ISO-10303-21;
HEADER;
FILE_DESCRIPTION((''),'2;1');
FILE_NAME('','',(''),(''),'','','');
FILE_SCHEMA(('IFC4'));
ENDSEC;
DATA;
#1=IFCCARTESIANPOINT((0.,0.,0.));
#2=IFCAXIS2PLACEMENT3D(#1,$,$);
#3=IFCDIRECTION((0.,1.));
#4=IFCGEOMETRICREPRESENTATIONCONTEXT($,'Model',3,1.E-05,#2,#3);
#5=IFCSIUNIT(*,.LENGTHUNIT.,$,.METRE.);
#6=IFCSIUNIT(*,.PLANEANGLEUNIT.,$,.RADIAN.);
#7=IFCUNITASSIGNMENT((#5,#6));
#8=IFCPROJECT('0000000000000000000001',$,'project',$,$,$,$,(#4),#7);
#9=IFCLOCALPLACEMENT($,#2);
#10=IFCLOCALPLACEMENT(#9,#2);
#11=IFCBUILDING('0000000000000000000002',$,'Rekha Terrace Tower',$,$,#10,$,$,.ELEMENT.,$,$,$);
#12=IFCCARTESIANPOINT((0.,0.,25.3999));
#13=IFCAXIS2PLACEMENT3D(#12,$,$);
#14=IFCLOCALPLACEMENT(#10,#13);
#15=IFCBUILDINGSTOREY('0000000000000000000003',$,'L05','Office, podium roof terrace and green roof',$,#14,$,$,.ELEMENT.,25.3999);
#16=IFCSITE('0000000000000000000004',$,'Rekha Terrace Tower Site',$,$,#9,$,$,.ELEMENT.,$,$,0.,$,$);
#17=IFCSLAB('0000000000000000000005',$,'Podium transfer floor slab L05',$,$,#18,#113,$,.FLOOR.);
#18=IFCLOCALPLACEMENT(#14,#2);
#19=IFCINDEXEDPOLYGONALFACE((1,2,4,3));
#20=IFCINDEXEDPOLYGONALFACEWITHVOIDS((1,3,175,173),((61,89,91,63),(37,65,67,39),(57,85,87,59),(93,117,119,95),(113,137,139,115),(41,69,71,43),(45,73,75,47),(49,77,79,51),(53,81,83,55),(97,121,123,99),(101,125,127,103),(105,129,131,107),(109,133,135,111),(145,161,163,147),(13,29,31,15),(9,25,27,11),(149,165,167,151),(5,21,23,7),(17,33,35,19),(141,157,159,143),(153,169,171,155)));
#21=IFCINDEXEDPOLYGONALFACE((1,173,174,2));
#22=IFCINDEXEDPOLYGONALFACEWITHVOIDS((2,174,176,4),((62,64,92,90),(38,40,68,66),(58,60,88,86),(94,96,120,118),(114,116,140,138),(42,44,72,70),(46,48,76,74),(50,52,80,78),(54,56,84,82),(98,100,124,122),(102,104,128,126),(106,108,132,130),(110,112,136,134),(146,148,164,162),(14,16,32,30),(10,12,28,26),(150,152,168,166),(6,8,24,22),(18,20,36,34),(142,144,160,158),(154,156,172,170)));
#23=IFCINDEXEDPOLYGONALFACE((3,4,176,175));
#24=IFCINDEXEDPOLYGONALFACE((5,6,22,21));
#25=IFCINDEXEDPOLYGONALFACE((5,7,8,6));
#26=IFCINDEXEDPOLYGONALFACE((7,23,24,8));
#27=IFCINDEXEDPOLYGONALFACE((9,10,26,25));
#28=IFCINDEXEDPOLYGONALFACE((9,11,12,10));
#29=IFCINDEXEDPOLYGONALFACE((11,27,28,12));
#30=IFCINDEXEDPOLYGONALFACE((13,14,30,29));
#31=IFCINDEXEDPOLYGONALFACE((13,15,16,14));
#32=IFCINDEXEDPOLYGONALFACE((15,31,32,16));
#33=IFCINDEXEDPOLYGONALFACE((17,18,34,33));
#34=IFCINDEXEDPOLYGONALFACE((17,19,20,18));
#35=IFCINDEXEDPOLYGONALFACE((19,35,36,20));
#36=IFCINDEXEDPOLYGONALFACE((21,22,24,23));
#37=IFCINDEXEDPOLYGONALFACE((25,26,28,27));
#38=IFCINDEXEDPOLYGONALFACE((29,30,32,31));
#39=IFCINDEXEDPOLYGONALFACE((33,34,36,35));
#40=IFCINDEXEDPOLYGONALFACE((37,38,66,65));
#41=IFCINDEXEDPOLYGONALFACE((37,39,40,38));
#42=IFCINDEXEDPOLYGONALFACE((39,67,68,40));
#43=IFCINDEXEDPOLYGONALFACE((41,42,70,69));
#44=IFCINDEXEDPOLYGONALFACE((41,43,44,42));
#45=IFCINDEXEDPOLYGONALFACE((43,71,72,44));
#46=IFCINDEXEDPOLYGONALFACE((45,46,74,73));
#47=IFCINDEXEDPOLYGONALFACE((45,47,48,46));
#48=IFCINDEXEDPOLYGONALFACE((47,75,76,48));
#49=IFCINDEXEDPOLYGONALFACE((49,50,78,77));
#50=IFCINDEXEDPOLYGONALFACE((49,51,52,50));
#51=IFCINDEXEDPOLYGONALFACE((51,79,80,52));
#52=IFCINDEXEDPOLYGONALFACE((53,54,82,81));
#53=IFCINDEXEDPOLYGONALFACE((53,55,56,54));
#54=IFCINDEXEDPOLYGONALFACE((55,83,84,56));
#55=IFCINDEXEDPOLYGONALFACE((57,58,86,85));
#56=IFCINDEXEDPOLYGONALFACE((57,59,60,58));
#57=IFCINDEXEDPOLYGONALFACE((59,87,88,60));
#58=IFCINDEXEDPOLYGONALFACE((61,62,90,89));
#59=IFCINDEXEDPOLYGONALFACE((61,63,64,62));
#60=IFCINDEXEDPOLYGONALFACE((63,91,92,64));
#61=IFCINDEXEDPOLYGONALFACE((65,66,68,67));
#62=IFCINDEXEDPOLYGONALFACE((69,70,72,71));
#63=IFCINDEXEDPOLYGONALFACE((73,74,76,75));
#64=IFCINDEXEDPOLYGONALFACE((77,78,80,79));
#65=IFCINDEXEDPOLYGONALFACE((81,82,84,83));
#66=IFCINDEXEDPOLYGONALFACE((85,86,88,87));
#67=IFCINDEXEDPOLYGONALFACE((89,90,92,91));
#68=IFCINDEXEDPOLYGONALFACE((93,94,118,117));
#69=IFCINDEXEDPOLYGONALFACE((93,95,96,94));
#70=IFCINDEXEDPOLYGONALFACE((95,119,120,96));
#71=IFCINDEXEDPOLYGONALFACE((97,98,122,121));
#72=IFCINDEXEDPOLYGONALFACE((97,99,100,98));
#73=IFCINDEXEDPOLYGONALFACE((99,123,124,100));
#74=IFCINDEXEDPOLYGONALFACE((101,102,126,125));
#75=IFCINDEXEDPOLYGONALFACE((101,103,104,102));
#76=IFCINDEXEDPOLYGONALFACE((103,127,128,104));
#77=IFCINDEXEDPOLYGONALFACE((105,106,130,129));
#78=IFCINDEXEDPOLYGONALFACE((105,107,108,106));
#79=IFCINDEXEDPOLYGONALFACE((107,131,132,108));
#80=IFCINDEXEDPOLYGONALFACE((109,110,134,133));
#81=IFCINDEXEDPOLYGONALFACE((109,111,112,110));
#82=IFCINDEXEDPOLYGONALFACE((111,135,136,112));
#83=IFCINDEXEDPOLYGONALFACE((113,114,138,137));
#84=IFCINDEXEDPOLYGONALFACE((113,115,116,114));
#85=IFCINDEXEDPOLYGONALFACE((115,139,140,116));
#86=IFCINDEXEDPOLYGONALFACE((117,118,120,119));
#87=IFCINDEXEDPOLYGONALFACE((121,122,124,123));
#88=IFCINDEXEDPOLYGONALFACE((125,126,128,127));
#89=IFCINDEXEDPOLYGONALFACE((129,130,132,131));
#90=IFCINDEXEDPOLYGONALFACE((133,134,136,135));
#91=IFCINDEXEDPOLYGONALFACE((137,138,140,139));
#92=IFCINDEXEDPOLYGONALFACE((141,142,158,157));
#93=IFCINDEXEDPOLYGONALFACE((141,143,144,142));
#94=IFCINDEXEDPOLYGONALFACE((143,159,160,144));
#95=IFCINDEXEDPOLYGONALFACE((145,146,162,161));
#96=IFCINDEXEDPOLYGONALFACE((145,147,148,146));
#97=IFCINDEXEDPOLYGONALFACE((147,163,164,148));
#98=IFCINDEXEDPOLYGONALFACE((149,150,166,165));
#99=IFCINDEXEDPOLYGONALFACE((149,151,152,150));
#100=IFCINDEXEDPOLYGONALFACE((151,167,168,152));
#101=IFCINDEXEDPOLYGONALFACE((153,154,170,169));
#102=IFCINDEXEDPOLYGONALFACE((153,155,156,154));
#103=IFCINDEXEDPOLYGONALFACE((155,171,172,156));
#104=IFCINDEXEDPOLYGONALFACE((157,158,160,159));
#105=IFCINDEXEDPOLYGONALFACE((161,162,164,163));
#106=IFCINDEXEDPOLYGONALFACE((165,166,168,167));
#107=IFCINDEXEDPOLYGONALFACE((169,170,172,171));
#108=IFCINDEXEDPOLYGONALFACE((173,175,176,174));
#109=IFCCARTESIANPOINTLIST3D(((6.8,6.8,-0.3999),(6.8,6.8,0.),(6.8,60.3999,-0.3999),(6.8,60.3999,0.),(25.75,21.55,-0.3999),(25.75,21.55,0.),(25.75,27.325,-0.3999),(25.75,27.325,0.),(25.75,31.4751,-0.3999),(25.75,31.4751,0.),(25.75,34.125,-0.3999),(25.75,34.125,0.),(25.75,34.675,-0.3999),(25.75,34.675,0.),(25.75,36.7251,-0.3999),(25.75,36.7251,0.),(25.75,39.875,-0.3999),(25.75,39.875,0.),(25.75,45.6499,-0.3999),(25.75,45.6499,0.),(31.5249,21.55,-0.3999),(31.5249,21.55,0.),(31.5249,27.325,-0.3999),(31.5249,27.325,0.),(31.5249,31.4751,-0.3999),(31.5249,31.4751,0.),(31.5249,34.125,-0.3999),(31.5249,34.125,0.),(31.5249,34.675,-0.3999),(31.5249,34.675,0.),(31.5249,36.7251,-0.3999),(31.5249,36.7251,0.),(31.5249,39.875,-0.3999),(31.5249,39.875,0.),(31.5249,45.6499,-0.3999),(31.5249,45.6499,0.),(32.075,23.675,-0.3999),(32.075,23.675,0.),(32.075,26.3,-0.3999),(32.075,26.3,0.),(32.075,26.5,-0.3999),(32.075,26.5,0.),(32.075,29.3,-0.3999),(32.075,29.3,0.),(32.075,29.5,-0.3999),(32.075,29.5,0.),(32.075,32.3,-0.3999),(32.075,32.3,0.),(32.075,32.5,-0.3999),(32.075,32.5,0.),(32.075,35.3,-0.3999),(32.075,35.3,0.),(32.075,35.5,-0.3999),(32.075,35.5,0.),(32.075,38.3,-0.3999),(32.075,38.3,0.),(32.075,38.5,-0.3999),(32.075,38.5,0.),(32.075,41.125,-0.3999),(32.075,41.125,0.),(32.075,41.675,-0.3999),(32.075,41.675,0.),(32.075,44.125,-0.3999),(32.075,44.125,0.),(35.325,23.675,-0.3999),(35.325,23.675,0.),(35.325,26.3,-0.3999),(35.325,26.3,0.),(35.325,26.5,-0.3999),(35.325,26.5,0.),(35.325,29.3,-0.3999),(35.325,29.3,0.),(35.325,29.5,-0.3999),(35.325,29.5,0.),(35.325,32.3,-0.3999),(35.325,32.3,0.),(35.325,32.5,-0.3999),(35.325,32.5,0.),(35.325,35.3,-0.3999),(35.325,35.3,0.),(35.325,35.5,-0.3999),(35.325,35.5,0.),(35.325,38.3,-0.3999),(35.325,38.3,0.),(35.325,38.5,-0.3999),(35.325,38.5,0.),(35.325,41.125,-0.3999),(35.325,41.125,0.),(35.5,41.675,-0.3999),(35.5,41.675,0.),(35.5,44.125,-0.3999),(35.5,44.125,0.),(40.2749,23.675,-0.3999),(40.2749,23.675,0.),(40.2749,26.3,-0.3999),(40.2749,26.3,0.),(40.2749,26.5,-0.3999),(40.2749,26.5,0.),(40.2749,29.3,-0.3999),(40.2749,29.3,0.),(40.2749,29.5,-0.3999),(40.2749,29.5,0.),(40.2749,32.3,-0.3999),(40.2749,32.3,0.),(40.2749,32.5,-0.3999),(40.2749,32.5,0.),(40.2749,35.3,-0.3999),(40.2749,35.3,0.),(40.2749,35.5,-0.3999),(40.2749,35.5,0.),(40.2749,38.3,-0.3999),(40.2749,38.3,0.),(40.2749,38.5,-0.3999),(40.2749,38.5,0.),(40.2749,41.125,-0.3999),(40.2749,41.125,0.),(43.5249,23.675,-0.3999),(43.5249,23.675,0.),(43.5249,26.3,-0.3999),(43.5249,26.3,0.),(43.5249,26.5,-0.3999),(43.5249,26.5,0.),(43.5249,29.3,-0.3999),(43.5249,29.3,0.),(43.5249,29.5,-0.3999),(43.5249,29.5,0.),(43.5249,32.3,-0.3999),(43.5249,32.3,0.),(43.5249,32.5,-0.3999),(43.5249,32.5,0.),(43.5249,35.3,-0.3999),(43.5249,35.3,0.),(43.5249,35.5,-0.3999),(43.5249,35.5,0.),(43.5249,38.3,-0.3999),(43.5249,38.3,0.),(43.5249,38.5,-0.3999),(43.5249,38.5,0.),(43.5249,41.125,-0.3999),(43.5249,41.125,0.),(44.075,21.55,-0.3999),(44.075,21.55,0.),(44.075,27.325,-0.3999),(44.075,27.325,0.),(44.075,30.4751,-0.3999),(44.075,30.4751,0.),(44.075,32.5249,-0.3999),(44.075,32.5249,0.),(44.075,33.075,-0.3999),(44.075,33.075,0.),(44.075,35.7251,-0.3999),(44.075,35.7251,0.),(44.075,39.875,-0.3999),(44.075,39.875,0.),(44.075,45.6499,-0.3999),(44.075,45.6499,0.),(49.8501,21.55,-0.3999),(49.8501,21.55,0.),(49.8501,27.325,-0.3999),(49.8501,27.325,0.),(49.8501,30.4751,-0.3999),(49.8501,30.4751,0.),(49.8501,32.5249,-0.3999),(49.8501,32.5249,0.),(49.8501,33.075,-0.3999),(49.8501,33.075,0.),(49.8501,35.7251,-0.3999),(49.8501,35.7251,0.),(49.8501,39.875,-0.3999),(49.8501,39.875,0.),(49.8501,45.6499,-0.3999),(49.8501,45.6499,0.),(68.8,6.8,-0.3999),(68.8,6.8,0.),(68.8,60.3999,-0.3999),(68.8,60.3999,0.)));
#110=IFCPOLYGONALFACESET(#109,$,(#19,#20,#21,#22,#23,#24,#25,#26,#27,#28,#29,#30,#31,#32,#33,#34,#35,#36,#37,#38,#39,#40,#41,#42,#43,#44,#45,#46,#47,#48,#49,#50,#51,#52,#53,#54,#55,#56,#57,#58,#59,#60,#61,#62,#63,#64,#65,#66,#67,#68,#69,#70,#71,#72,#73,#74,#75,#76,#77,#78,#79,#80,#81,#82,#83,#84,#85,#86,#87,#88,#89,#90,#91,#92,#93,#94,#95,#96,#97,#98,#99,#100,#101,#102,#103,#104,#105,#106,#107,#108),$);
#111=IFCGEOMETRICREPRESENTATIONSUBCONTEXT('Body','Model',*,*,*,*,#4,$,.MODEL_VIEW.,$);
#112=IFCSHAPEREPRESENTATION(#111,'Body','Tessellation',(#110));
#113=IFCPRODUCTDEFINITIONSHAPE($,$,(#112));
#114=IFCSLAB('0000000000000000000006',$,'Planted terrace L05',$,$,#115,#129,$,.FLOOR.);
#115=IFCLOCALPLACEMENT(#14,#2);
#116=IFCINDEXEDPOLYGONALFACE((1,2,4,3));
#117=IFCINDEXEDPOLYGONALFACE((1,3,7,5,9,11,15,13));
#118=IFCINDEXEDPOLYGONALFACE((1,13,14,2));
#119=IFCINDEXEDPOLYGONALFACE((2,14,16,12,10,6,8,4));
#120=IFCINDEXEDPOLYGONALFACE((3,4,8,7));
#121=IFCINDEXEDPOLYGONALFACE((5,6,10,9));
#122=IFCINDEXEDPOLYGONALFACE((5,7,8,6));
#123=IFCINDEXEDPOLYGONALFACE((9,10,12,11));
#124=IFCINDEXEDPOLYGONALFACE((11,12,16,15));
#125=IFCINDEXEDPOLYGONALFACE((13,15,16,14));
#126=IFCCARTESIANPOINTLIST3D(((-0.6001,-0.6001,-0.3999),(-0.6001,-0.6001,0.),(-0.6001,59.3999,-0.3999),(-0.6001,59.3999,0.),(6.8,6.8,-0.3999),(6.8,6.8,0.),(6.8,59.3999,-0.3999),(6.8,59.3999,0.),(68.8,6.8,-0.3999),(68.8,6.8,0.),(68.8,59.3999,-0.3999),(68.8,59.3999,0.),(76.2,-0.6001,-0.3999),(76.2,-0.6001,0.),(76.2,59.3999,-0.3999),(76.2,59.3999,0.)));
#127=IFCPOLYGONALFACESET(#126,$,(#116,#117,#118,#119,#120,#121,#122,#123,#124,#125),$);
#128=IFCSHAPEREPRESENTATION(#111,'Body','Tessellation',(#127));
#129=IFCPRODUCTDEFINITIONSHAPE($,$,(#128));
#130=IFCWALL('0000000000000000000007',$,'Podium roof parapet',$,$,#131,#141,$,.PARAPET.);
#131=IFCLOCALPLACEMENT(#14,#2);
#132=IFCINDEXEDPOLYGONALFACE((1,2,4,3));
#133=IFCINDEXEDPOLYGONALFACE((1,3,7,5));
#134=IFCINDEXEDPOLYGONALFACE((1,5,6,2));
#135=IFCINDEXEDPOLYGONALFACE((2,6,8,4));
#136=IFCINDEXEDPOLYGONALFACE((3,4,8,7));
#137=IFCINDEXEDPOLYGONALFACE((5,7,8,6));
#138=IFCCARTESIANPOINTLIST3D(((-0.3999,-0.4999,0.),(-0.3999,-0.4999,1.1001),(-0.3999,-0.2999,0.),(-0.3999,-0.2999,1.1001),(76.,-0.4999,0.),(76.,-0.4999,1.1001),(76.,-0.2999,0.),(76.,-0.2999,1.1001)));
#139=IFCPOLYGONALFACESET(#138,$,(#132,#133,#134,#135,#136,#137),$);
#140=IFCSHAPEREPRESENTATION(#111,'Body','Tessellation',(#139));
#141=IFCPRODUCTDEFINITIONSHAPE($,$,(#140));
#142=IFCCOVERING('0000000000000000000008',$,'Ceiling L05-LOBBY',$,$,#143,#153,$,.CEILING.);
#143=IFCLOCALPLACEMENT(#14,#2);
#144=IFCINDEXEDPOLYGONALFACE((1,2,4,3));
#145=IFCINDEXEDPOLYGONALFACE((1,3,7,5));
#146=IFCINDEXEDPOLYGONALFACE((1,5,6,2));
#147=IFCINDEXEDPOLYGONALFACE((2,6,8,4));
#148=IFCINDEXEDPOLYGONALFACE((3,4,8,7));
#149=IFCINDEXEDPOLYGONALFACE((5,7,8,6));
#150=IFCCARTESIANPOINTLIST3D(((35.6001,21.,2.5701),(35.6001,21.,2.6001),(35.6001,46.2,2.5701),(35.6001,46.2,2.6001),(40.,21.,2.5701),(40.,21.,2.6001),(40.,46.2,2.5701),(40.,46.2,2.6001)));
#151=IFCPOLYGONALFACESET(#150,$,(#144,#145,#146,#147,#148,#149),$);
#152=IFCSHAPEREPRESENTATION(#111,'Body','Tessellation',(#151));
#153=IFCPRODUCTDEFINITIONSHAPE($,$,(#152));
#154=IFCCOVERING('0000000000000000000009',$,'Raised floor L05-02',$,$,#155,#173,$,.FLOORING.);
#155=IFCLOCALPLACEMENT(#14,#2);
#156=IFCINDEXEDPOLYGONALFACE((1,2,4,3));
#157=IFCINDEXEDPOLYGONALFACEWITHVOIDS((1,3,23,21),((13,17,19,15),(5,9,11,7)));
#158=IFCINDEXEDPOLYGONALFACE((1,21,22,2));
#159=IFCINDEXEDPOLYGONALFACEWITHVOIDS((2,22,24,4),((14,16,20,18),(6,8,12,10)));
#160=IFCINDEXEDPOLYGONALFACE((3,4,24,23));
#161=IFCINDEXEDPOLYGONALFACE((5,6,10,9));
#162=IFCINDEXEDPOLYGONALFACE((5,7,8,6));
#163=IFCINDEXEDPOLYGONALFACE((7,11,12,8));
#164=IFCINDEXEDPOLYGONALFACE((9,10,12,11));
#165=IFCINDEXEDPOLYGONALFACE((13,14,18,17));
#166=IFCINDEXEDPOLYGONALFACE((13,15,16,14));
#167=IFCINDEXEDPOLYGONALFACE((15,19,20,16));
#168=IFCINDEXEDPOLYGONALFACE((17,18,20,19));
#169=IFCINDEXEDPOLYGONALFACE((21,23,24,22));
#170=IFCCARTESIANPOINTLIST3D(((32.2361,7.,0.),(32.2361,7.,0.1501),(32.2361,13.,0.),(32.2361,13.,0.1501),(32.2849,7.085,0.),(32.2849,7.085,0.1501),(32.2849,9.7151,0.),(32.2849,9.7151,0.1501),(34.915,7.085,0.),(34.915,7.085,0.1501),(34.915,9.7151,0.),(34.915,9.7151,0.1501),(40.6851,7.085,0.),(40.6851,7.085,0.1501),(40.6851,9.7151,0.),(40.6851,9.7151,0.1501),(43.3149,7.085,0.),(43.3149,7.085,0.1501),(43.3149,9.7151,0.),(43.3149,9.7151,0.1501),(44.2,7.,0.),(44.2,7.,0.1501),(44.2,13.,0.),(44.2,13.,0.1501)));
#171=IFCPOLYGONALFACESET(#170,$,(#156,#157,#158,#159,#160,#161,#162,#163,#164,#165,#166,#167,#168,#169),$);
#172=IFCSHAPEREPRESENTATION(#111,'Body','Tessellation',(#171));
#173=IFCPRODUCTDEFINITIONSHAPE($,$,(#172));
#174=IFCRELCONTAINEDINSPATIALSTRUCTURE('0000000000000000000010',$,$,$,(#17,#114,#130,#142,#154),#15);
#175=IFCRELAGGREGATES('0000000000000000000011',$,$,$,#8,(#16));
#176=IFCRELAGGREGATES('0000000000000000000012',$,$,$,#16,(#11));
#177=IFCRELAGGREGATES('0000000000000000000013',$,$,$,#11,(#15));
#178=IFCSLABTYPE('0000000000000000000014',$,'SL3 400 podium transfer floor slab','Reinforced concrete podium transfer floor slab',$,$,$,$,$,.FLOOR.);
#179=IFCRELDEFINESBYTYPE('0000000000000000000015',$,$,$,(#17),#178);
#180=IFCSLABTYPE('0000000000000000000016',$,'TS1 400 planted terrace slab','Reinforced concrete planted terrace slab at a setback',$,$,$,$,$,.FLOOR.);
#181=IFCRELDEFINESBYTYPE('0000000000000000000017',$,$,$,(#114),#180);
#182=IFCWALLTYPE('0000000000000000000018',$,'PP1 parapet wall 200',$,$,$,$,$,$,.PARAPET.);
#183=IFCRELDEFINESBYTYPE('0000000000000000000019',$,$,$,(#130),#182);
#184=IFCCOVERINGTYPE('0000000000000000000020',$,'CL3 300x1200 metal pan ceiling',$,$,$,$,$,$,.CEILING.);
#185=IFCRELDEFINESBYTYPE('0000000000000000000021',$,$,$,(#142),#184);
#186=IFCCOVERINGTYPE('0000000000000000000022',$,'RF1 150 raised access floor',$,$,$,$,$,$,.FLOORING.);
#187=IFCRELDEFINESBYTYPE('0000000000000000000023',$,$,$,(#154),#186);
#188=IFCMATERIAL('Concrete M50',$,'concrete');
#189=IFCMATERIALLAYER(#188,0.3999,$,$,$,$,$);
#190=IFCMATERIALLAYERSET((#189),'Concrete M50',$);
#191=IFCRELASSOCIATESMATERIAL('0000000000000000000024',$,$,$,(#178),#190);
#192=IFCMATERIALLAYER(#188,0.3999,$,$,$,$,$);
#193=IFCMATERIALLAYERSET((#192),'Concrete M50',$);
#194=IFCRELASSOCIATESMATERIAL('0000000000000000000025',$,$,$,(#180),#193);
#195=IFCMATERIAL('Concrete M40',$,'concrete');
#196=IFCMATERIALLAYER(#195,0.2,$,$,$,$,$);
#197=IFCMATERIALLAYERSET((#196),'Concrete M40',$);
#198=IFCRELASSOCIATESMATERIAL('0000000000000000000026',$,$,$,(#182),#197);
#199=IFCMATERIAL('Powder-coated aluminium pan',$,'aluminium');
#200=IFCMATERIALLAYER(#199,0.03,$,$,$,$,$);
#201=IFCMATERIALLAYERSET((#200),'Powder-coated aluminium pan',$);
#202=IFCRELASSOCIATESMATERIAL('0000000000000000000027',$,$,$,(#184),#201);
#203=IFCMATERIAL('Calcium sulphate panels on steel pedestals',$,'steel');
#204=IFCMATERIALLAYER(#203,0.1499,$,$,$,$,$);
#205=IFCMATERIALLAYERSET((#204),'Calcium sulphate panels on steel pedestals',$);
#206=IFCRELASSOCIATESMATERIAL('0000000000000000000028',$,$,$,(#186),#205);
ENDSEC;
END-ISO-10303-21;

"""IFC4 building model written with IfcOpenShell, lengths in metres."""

from ifc_helpers import new_model, si_unit, direction, frame, frame_2d, origin, place, context, subcontext, project, spatial, polyline, rectangle, outline, extrude, material, layer, layer_set, type_object, element, save


model = new_model("IFC4")

# Units and contexts
model_context = context("Model", 3, precision=1e-05, world=origin(), true_north=direction((0.0, 1.0)))
body_context = subcontext(model_context, "Body", "Model", "MODEL_VIEW")
ifc_project = project(units=[si_unit("LENGTHUNIT", "METRE"), si_unit("PLANEANGLEUNIT", "RADIAN")], contexts=[model_context])

# Site, building, storey
site_placement = place(None, origin())
site = spatial("IfcSite", under=ifc_project, at=site_placement, Name="Rekha Terrace Tower Site", CompositionType="ELEMENT", RefElevation=0.0)
building_placement = place(site_placement, origin())
building = spatial("IfcBuilding", under=site, at=building_placement, Name="Rekha Terrace Tower", CompositionType="ELEMENT")
storey_placement = place(building_placement, frame((0.0, 0.0, 25.3999)))
storey = spatial("IfcBuildingStorey", under=building, at=storey_placement, Name="L05", Description="Office, podium roof terrace and green roof", CompositionType="ELEMENT", Elevation=25.3999)

# Shared definitions
ifc_material_1 = material(Name="Concrete M40", Category="concrete")

# Slabs
ifc_material_2 = material(Name="Concrete M50", Category="concrete")
ifc_layer_1 = layer(ifc_material_2, 0.3999)
ifc_layer_set_1 = layer_set([ifc_layer_1], Name="Concrete M50")
slab_type_1 = type_object("IfcSlabType", Name="SL3 400 podium transfer floor slab", Description="Reinforced concrete podium transfer floor slab", PredefinedType="FLOOR", material=ifc_layer_set_1)
slab_1_placement = place(storey_placement, frame((0.0, 0.0, -0.3999)))
element("IfcSlab", 1, at=slab_1_placement, inside=storey, type_object=slab_type_1, Name="Podium transfer floor slab L05", PredefinedType="FLOOR", context=body_context, shape_type="SweptSolid", body=[
    extrude(outline(polyline([(6.8, 60.3999), (6.8, 6.8), (68.8, 6.8), (68.8, 60.3999), (6.8, 60.3999)]), holes=[polyline([(31.5249, 27.325), (31.5249, 21.55), (25.75, 21.55), (25.75, 27.325), (31.5249, 27.325)]), polyline([(35.325, 26.3), (35.325, 23.675), (32.075, 23.675), (32.075, 26.3), (35.325, 26.3)]), polyline([(35.325, 29.3), (35.325, 26.5), (32.075, 26.5), (32.075, 29.3), (35.325, 29.3)]), polyline([(35.325, 29.5), (32.075, 29.5), (32.075, 32.3), (35.325, 32.3), (35.325, 29.5)]), polyline([(31.5249, 31.4751), (25.75, 31.4751), (25.75, 34.125), (31.5249, 34.125), (31.5249, 31.4751)]), polyline([(35.325, 35.3), (35.325, 32.5), (32.075, 32.5), (32.075, 35.3), (35.325, 35.3)]), polyline([(31.5249, 36.7251), (31.5249, 34.675), (25.75, 34.675), (25.75, 36.7251), (31.5249, 36.7251)]), polyline([(35.325, 38.3), (35.325, 35.5), (32.075, 35.5), (32.075, 38.3), (35.325, 38.3)]), polyline([(35.325, 38.5), (32.075, 38.5), (32.075, 41.125), (35.325, 41.125), (35.325, 38.5)]), polyline([(31.5249, 39.875), (25.75, 39.875), (25.75, 45.6499), (31.5249, 45.6499), (31.5249, 39.875)]), polyline([(35.5, 44.125), (35.5, 41.675), (32.075, 41.675), (32.075, 44.125), (35.5, 44.125)]), polyline([(49.8501, 27.325), (49.8501, 21.55), (44.075, 21.55), (44.075, 27.325), (49.8501, 27.325)]), polyline([(43.5249, 26.3), (43.5249, 23.675), (40.2749, 23.675), (40.2749, 26.3), (43.5249, 26.3)]), polyline([(43.5249, 26.5), (40.2749, 26.5), (40.2749, 29.3), (43.5249, 29.3), (43.5249, 26.5)]), polyline([(43.5249, 29.5), (40.2749, 29.5), (40.2749, 32.3), (43.5249, 32.3), (43.5249, 29.5)]), polyline([(49.8501, 32.5249), (49.8501, 30.4751), (44.075, 30.4751), (44.075, 32.5249), (49.8501, 32.5249)]), polyline([(43.5249, 32.5), (40.2749, 32.5), (40.2749, 35.3), (43.5249, 35.3), (43.5249, 32.5)]), polyline([(49.8501, 33.075), (44.075, 33.075), (44.075, 35.7251), (49.8501, 35.7251), (49.8501, 33.075)]), polyline([(43.5249, 38.3), (43.5249, 35.5), (40.2749, 35.5), (40.2749, 38.3), (43.5249, 38.3)]), polyline([(43.5249, 38.5), (40.2749, 38.5), (40.2749, 41.125), (43.5249, 41.125), (43.5249, 38.5)]), polyline([(49.8501, 39.875), (44.075, 39.875), (44.075, 45.6499), (49.8501, 45.6499), (49.8501, 39.875)])]), origin(), (0.0, 0.0, 1.0), 0.3999),
])
ifc_layer_2 = layer(ifc_material_2, 0.3999)
ifc_layer_set_2 = layer_set([ifc_layer_2], Name="Concrete M50")
slab_type_2 = type_object("IfcSlabType", Name="TS1 400 planted terrace slab", Description="Reinforced concrete planted terrace slab at a setback", PredefinedType="FLOOR", material=ifc_layer_set_2)
slab_2_placement = place(storey_placement, frame((0.0, 0.0, -0.3999)))
element("IfcSlab", 2, at=slab_2_placement, inside=storey, type_object=slab_type_2, Name="Planted terrace L05", PredefinedType="FLOOR", context=body_context, shape_type="SweptSolid", body=[
    extrude(outline(polyline([(6.8, 59.3999), (-0.6001, 59.3999), (-0.6001, -0.6001), (76.2, -0.6001), (76.2, 59.3999), (68.8, 59.3999), (68.8, 6.8), (6.8, 6.8), (6.8, 59.3999)])), origin(), (0.0, 0.0, 1.0), 0.3999),
])

# Wall
ifc_layer_3 = layer(ifc_material_1, 0.2)
ifc_layer_set_3 = layer_set([ifc_layer_3], Name="Concrete M40")
wall_type = type_object("IfcWallType", Name="PP1 parapet wall 200", PredefinedType="PARAPET", material=ifc_layer_set_3)
wall_placement = place(storey_placement, frame((-0.3999, -0.3999, 0.0), z_axis=(0.0, 0.0, 1.0), x_axis=(1.0, 0.0, 0.0)))
element("IfcWall", 3, at=wall_placement, inside=storey, type_object=wall_type, Name="Podium roof parapet", PredefinedType="PARAPET", context=body_context, shape_type="SweptSolid", body=[
    extrude(rectangle(XDim=76.3999, YDim=0.2, at=frame_2d((38.2, 0.0))), origin(), (0.0, 0.0, 1.0), 1.1001),
])

# Coverings
ifc_material_3 = material(Name="Powder-coated aluminium pan", Category="aluminium")
ifc_layer_4 = layer(ifc_material_3, 0.03)
ifc_layer_set_4 = layer_set([ifc_layer_4], Name="Powder-coated aluminium pan")
covering_type_1 = type_object("IfcCoveringType", Name="CL3 300x1200 metal pan ceiling", PredefinedType="CEILING", material=ifc_layer_set_4)
covering_1_placement = place(storey_placement, frame((0.0, 0.0, 2.5701)))
element("IfcCovering", 4, at=covering_1_placement, inside=storey, type_object=covering_type_1, Name="Ceiling L05-LOBBY", PredefinedType="CEILING", context=body_context, shape_type="SweptSolid", body=[
    extrude(outline(polyline([(40.0, 46.2), (35.6001, 46.2), (35.6001, 21.0), (40.0, 21.0), (40.0, 46.2)])), origin(), (0.0, 0.0, 1.0), 0.03),
])
ifc_material_4 = material(Name="Calcium sulphate panels on steel pedestals", Category="steel")
ifc_layer_5 = layer(ifc_material_4, 0.1499)
ifc_layer_set_5 = layer_set([ifc_layer_5], Name="Calcium sulphate panels on steel pedestals")
covering_type_2 = type_object("IfcCoveringType", Name="RF1 150 raised access floor", PredefinedType="FLOORING", material=ifc_layer_set_5)
covering_2_placement = place(storey_placement, origin())
element("IfcCovering", 5, at=covering_2_placement, inside=storey, type_object=covering_type_2, Name="Raised floor L05-02", PredefinedType="FLOORING", context=body_context, shape_type="SweptSolid", body=[
    extrude(outline(polyline([(44.2, 7.0), (44.2, 13.0), (32.2361, 13.0), (32.2361, 7.0), (44.2, 7.0)]), holes=[polyline([(43.3149, 7.085), (40.6851, 7.085), (40.6851, 9.7151), (43.3149, 9.7151), (43.3149, 7.085)]), polyline([(34.915, 7.085), (32.2849, 7.085), (32.2849, 9.7151), (34.915, 9.7151), (34.915, 7.085)])]), origin(), (0.0, 0.0, 1.0), 0.1501),
])

save(model, "model.ifc")
